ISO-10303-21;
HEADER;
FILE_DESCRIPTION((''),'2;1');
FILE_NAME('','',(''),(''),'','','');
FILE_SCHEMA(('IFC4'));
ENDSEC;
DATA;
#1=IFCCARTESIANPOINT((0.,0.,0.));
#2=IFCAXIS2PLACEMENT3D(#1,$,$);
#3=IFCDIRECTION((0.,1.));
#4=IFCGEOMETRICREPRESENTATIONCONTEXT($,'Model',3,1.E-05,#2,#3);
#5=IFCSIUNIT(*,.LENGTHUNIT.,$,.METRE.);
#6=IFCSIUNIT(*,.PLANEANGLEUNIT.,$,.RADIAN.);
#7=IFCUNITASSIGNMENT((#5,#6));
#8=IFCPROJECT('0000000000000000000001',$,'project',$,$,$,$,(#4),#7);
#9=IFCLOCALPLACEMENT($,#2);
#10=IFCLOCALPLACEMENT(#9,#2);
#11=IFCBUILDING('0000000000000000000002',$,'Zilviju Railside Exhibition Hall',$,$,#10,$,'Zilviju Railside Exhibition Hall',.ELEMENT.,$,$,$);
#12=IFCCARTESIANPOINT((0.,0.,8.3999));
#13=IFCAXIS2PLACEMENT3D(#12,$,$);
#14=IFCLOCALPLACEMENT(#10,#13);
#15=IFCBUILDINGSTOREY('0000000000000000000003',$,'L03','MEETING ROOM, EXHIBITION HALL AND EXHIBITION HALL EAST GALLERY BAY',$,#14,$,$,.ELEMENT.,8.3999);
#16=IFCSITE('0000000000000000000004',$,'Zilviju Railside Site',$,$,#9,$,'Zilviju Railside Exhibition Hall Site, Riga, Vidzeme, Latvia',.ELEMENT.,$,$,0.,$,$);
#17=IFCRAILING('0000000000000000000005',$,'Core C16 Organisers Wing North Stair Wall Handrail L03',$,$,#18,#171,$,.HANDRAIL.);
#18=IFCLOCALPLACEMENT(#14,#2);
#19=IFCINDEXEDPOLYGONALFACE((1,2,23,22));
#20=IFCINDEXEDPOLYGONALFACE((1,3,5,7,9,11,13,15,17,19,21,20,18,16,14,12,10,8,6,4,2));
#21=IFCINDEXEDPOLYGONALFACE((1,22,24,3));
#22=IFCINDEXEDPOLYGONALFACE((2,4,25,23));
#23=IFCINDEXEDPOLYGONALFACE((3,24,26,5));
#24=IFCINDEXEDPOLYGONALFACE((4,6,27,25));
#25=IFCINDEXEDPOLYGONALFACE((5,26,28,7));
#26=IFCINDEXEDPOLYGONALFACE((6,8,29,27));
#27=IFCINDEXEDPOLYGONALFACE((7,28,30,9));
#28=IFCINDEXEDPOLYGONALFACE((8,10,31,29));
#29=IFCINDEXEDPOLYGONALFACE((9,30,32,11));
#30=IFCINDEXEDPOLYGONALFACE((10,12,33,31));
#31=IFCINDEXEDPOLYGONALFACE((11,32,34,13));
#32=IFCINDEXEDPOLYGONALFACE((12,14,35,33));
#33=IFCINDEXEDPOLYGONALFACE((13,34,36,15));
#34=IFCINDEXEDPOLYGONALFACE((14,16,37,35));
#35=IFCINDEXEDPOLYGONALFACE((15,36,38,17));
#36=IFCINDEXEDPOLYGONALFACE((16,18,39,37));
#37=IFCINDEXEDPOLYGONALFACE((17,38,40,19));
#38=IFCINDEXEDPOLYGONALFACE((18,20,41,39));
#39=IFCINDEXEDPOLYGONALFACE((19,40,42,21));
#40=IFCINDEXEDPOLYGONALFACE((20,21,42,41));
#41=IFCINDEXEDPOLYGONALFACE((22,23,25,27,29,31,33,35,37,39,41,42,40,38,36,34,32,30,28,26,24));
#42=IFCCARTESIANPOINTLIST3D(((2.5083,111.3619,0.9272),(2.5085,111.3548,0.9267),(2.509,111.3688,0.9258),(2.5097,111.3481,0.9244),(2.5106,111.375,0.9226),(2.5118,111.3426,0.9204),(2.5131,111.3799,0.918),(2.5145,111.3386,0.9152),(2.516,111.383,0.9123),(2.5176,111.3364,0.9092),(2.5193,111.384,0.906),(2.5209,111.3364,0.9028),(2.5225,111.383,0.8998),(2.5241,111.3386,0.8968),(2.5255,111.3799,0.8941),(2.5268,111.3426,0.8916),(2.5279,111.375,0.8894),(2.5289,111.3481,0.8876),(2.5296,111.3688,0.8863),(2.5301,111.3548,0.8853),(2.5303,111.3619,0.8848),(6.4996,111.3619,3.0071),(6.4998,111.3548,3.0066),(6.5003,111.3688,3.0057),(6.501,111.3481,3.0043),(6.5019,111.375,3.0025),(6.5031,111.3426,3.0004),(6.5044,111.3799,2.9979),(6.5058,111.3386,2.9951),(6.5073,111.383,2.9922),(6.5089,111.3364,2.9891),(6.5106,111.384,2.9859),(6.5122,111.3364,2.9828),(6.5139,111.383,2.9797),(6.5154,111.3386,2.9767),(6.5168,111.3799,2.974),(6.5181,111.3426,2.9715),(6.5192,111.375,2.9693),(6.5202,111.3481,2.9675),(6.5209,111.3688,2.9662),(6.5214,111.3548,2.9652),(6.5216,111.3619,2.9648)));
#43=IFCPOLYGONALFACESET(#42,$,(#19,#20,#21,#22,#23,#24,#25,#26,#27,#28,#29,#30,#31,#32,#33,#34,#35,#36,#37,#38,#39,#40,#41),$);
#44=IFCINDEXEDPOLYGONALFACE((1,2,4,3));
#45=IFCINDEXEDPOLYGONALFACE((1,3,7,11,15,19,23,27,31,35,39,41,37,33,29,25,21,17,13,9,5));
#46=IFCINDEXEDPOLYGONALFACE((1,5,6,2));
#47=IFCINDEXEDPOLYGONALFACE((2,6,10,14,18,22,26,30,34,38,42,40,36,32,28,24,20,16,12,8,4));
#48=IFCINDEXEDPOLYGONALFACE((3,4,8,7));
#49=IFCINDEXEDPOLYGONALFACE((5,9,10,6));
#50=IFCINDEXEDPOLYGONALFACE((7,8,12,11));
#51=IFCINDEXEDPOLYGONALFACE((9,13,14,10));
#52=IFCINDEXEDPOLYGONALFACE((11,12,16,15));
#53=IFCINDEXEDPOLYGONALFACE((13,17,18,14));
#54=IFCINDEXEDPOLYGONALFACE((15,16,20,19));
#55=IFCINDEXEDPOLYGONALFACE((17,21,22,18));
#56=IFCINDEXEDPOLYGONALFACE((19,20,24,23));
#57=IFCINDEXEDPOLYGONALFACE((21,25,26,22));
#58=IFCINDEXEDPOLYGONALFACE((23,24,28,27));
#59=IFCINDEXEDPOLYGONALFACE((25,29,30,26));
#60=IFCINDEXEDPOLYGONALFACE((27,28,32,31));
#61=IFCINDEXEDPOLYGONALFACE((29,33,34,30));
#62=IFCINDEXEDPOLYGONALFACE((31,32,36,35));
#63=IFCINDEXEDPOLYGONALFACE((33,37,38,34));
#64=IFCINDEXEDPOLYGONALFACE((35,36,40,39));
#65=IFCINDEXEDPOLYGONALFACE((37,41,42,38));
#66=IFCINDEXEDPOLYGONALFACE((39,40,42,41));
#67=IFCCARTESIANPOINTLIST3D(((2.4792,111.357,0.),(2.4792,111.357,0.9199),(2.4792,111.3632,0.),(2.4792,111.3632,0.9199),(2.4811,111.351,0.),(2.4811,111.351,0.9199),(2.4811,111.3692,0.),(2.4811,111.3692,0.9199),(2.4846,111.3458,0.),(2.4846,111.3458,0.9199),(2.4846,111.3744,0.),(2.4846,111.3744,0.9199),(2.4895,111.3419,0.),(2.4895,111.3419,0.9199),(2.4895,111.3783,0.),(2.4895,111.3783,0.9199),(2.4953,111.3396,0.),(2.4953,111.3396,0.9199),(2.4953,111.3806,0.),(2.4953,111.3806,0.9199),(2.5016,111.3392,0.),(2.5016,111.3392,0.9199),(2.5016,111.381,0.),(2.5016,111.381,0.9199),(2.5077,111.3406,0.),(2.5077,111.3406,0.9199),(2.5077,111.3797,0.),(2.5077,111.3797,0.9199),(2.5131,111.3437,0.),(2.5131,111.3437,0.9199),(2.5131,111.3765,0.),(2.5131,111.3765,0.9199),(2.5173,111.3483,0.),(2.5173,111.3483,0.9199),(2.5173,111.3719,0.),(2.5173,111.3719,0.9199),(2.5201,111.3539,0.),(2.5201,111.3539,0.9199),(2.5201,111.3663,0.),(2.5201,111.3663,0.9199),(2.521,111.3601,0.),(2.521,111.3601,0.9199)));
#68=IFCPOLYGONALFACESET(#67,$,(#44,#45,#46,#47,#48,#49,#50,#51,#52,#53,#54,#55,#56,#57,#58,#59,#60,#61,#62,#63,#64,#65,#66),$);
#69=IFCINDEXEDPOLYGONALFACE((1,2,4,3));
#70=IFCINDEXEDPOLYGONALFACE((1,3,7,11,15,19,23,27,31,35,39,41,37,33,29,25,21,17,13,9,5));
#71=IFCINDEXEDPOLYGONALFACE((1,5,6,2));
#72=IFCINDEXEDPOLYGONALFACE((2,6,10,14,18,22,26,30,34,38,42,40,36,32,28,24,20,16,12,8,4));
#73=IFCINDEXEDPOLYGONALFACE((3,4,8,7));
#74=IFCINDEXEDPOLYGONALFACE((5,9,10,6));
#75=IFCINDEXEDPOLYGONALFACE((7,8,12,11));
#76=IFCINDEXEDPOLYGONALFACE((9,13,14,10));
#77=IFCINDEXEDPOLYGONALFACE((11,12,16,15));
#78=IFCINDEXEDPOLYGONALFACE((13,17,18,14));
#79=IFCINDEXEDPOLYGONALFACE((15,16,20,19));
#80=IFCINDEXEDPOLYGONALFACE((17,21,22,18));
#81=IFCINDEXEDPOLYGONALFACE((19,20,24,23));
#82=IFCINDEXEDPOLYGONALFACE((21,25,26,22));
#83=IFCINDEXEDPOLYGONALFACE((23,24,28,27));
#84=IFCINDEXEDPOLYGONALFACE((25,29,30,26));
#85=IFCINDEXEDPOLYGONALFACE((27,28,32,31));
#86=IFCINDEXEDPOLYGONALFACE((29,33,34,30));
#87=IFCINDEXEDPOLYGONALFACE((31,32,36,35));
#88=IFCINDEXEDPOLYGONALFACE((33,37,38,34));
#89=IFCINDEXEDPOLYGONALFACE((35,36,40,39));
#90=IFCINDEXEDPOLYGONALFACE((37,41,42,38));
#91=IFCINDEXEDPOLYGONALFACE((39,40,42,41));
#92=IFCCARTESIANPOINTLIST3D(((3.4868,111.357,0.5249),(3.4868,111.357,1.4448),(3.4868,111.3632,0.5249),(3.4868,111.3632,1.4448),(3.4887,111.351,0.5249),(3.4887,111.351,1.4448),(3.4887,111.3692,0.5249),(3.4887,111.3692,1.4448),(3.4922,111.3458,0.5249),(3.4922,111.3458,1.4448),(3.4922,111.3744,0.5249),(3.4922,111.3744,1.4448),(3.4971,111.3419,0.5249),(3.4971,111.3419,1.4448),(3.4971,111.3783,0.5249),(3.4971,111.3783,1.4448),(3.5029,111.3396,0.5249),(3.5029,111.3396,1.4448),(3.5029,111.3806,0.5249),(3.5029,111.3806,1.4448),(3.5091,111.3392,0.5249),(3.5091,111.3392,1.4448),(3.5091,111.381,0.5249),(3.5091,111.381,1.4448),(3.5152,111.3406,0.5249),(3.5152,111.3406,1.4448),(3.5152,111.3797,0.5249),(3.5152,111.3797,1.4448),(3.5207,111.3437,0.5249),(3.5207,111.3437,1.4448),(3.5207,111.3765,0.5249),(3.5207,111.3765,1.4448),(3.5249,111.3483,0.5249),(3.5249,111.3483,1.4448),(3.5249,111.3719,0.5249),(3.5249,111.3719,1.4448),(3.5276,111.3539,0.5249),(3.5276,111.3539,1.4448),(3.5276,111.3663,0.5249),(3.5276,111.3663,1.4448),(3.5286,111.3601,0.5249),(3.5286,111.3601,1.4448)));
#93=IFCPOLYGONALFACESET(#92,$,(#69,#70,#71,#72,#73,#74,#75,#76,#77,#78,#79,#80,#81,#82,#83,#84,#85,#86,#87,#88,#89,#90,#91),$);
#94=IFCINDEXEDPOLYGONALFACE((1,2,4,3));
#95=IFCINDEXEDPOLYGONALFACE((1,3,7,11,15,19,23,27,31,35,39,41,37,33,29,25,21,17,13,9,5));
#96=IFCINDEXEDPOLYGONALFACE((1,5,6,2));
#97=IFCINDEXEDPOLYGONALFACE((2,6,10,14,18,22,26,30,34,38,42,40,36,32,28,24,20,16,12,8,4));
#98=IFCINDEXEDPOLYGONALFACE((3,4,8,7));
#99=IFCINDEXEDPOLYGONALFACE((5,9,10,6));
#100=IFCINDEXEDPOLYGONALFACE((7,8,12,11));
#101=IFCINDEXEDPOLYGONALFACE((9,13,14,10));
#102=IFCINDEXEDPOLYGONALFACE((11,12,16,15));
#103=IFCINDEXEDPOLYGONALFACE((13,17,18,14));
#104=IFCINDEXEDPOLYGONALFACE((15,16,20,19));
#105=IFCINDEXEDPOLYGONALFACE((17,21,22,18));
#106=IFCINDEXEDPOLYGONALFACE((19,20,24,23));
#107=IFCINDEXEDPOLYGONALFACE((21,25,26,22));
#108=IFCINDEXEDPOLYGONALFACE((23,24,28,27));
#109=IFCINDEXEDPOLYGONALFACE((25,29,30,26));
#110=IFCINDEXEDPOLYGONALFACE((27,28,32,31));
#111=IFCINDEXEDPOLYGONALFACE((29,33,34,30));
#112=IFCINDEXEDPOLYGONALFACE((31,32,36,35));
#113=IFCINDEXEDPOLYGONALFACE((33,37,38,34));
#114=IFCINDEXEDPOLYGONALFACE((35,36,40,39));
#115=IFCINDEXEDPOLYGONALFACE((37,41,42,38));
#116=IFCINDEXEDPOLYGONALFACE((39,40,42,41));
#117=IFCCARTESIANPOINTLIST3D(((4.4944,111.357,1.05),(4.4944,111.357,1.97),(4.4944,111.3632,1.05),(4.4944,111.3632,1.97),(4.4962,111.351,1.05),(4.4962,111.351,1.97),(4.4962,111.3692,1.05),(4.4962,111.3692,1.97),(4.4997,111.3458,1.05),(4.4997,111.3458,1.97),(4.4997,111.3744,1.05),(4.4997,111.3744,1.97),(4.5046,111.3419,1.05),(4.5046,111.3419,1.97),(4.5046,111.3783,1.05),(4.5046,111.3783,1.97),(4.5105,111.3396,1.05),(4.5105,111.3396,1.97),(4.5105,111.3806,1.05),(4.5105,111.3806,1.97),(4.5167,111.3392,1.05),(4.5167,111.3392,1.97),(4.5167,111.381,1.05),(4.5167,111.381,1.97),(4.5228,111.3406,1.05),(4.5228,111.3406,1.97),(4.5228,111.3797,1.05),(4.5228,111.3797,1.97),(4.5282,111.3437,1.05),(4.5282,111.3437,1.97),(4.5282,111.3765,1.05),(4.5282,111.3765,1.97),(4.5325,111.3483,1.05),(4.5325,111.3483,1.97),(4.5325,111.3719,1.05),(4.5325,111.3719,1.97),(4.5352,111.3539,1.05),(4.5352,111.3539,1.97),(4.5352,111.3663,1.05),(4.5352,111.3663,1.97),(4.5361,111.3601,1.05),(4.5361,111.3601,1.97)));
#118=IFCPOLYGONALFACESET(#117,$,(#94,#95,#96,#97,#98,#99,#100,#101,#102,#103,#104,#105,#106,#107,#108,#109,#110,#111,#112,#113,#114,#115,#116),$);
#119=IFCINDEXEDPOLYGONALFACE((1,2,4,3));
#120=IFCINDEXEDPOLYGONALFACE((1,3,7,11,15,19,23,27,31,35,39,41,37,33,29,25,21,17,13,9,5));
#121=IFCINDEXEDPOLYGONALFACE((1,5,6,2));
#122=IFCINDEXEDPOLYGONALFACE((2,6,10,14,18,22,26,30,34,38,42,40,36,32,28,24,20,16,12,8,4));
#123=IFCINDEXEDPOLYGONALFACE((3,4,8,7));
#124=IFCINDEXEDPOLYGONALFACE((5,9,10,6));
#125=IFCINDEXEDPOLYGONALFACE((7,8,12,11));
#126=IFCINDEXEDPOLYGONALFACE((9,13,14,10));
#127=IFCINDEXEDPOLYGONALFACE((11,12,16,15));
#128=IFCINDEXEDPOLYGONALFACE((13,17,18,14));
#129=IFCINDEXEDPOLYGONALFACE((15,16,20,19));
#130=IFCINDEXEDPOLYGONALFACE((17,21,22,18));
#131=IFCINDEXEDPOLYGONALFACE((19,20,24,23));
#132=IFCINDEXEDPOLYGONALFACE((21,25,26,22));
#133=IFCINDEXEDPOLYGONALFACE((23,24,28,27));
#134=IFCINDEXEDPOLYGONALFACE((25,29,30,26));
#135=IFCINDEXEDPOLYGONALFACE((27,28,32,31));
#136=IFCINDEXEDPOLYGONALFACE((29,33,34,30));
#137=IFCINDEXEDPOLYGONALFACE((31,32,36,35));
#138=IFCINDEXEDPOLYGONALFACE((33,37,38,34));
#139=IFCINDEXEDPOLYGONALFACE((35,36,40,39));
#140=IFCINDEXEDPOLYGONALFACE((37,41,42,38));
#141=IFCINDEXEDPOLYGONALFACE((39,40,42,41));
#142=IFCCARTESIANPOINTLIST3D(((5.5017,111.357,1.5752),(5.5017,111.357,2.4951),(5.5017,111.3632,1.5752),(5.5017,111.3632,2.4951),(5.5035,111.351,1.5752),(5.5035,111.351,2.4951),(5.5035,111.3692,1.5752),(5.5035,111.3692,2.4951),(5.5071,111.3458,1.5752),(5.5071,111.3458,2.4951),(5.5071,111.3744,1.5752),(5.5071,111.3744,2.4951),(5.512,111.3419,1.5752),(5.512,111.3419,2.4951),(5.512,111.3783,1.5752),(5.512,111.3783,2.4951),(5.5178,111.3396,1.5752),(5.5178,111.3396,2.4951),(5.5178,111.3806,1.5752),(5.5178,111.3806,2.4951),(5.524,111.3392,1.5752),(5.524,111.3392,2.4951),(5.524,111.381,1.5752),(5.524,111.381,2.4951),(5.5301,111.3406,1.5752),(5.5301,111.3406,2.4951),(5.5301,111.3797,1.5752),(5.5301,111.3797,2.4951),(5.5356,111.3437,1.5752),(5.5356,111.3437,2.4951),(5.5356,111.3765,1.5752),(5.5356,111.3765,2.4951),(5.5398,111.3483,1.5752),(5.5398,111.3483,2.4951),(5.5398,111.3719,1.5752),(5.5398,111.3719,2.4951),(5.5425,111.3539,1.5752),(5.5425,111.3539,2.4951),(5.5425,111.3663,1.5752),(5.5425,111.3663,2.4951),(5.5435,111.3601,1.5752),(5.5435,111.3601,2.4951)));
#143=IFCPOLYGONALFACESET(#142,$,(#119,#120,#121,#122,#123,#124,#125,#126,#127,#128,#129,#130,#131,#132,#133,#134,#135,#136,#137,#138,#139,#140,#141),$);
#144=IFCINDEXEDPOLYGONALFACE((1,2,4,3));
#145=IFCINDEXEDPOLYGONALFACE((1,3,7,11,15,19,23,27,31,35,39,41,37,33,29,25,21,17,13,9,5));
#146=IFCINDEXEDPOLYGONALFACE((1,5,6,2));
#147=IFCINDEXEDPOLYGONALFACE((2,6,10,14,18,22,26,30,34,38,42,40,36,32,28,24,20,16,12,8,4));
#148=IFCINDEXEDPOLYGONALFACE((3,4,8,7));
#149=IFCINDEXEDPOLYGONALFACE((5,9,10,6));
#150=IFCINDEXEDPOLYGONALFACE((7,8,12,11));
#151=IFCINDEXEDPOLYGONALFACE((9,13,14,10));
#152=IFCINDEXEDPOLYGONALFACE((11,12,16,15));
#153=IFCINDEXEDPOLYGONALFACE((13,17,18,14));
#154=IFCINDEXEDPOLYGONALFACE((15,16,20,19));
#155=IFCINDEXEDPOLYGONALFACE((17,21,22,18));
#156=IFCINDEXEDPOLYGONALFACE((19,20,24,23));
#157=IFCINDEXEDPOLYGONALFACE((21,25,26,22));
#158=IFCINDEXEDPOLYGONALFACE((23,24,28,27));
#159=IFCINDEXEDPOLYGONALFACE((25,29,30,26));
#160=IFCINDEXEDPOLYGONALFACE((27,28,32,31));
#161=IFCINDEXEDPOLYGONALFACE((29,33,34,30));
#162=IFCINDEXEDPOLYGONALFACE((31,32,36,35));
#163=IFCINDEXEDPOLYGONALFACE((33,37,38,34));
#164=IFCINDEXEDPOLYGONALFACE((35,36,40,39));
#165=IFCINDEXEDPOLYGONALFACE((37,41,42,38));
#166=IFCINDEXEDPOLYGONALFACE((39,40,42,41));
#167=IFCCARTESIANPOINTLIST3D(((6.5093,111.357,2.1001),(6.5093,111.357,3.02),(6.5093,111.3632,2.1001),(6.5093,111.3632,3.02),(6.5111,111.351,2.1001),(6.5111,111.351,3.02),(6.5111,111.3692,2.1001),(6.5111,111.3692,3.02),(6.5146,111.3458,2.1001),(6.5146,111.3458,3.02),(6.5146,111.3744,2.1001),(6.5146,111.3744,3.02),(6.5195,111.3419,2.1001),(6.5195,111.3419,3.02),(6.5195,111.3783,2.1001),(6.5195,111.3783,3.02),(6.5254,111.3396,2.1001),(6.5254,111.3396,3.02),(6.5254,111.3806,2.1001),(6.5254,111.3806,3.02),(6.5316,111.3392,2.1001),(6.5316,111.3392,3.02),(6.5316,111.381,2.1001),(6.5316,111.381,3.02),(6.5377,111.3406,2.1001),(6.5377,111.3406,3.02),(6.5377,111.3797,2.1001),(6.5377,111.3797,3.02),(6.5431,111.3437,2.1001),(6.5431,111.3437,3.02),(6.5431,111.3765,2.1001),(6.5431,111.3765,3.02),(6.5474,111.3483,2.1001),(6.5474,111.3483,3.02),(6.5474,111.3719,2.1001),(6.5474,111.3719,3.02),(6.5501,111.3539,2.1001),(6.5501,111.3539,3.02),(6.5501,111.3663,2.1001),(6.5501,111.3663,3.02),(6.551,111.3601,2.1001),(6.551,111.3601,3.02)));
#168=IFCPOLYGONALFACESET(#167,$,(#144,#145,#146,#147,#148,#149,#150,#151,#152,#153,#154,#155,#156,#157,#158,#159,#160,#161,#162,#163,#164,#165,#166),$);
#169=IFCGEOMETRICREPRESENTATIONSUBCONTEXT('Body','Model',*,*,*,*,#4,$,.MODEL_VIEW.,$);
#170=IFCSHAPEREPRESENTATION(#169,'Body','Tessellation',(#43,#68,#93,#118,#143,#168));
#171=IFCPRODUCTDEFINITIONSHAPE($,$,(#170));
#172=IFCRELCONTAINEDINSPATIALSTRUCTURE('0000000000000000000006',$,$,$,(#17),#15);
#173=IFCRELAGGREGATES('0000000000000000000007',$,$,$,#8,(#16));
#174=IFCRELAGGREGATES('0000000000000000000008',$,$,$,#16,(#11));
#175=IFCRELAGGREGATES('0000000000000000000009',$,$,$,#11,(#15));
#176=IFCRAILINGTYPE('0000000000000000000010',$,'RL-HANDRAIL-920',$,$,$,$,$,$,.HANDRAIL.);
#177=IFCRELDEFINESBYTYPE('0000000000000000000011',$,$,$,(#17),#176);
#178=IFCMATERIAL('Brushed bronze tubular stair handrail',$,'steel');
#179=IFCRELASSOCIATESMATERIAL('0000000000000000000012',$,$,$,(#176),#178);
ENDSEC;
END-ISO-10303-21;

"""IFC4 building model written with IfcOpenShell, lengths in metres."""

from ifc_helpers import new_model, si_unit, direction, frame, origin, origin_2d, place, context, subcontext, project, spatial, circle, extrude, material, type_object, element, save


model = new_model("IFC4")

# Units and contexts
model_context = context("Model", 3, precision=1e-05, world=origin(), true_north=direction((0.0, 1.0)))
body_context = subcontext(model_context, "Body", "Model", "MODEL_VIEW")
ifc_project = project(units=[si_unit("LENGTHUNIT", "METRE"), si_unit("PLANEANGLEUNIT", "RADIAN")], contexts=[model_context])

# Site, building, storey
site_placement = place(None, origin())
site = spatial("IfcSite", under=ifc_project, at=site_placement, Name="Zilviju Railside Site", LongName="Zilviju Railside Exhibition Hall Site, Riga, Vidzeme, Latvia", CompositionType="ELEMENT", RefElevation=0.0)
building_placement = place(site_placement, origin())
building = spatial("IfcBuilding", under=site, at=building_placement, Name="Zilviju Railside Exhibition Hall", LongName="Zilviju Railside Exhibition Hall", CompositionType="ELEMENT")
storey_placement = place(building_placement, frame((0.0, 0.0, 8.3999)))
storey = spatial("IfcBuildingStorey", under=building, at=storey_placement, Name="L03", Description="MEETING ROOM, EXHIBITION HALL AND EXHIBITION HALL EAST GALLERY BAY", CompositionType="ELEMENT", Elevation=8.3999)

# Railing
ifc_material_1 = material(Name="Brushed bronze tubular stair handrail", Category="steel")
railing_type_1 = type_object("IfcRailingType", Name="RL-HANDRAIL-920", PredefinedType="HANDRAIL", material=ifc_material_1)
railing_1_placement = place(storey_placement, frame((2.5, 111.3601, 0.0)))
element("IfcRailing", 1, at=railing_1_placement, inside=storey, type_object=railing_type_1, Name="Core C16 Organisers Wing North Stair Wall Handrail L03", PredefinedType="HANDRAIL", context=body_context, shape_type="SweptSolid", body=[
    extrude(circle(Radius=0.0239, at=origin_2d()), frame((0.0193, 0.0, 0.906), z_axis=(0.886813, 0.0, 0.462129), x_axis=(0.0, 1.0, 0.0)), (0.0, 0.0, 1.0), 4.5007),
    extrude(circle(Radius=0.021, at=origin_2d()), origin(), (0.0, 0.0, 1.0), 0.9199),
    extrude(circle(Radius=0.021, at=origin_2d()), frame((1.0076, 0.0, 0.5249)), (0.0, 0.0, 1.0), 0.9199),
    extrude(circle(Radius=0.021, at=origin_2d()), frame((2.0151, 0.0, 1.05)), (0.0, 0.0, 1.0), 0.9199),
    extrude(circle(Radius=0.021, at=origin_2d()), frame((3.0225, 0.0, 1.5752)), (0.0, 0.0, 1.0), 0.9199),
    extrude(circle(Radius=0.021, at=origin_2d()), frame((4.03, 0.0, 2.1001)), (0.0, 0.0, 1.0), 0.9199),
])

save(model, "model.ifc")
